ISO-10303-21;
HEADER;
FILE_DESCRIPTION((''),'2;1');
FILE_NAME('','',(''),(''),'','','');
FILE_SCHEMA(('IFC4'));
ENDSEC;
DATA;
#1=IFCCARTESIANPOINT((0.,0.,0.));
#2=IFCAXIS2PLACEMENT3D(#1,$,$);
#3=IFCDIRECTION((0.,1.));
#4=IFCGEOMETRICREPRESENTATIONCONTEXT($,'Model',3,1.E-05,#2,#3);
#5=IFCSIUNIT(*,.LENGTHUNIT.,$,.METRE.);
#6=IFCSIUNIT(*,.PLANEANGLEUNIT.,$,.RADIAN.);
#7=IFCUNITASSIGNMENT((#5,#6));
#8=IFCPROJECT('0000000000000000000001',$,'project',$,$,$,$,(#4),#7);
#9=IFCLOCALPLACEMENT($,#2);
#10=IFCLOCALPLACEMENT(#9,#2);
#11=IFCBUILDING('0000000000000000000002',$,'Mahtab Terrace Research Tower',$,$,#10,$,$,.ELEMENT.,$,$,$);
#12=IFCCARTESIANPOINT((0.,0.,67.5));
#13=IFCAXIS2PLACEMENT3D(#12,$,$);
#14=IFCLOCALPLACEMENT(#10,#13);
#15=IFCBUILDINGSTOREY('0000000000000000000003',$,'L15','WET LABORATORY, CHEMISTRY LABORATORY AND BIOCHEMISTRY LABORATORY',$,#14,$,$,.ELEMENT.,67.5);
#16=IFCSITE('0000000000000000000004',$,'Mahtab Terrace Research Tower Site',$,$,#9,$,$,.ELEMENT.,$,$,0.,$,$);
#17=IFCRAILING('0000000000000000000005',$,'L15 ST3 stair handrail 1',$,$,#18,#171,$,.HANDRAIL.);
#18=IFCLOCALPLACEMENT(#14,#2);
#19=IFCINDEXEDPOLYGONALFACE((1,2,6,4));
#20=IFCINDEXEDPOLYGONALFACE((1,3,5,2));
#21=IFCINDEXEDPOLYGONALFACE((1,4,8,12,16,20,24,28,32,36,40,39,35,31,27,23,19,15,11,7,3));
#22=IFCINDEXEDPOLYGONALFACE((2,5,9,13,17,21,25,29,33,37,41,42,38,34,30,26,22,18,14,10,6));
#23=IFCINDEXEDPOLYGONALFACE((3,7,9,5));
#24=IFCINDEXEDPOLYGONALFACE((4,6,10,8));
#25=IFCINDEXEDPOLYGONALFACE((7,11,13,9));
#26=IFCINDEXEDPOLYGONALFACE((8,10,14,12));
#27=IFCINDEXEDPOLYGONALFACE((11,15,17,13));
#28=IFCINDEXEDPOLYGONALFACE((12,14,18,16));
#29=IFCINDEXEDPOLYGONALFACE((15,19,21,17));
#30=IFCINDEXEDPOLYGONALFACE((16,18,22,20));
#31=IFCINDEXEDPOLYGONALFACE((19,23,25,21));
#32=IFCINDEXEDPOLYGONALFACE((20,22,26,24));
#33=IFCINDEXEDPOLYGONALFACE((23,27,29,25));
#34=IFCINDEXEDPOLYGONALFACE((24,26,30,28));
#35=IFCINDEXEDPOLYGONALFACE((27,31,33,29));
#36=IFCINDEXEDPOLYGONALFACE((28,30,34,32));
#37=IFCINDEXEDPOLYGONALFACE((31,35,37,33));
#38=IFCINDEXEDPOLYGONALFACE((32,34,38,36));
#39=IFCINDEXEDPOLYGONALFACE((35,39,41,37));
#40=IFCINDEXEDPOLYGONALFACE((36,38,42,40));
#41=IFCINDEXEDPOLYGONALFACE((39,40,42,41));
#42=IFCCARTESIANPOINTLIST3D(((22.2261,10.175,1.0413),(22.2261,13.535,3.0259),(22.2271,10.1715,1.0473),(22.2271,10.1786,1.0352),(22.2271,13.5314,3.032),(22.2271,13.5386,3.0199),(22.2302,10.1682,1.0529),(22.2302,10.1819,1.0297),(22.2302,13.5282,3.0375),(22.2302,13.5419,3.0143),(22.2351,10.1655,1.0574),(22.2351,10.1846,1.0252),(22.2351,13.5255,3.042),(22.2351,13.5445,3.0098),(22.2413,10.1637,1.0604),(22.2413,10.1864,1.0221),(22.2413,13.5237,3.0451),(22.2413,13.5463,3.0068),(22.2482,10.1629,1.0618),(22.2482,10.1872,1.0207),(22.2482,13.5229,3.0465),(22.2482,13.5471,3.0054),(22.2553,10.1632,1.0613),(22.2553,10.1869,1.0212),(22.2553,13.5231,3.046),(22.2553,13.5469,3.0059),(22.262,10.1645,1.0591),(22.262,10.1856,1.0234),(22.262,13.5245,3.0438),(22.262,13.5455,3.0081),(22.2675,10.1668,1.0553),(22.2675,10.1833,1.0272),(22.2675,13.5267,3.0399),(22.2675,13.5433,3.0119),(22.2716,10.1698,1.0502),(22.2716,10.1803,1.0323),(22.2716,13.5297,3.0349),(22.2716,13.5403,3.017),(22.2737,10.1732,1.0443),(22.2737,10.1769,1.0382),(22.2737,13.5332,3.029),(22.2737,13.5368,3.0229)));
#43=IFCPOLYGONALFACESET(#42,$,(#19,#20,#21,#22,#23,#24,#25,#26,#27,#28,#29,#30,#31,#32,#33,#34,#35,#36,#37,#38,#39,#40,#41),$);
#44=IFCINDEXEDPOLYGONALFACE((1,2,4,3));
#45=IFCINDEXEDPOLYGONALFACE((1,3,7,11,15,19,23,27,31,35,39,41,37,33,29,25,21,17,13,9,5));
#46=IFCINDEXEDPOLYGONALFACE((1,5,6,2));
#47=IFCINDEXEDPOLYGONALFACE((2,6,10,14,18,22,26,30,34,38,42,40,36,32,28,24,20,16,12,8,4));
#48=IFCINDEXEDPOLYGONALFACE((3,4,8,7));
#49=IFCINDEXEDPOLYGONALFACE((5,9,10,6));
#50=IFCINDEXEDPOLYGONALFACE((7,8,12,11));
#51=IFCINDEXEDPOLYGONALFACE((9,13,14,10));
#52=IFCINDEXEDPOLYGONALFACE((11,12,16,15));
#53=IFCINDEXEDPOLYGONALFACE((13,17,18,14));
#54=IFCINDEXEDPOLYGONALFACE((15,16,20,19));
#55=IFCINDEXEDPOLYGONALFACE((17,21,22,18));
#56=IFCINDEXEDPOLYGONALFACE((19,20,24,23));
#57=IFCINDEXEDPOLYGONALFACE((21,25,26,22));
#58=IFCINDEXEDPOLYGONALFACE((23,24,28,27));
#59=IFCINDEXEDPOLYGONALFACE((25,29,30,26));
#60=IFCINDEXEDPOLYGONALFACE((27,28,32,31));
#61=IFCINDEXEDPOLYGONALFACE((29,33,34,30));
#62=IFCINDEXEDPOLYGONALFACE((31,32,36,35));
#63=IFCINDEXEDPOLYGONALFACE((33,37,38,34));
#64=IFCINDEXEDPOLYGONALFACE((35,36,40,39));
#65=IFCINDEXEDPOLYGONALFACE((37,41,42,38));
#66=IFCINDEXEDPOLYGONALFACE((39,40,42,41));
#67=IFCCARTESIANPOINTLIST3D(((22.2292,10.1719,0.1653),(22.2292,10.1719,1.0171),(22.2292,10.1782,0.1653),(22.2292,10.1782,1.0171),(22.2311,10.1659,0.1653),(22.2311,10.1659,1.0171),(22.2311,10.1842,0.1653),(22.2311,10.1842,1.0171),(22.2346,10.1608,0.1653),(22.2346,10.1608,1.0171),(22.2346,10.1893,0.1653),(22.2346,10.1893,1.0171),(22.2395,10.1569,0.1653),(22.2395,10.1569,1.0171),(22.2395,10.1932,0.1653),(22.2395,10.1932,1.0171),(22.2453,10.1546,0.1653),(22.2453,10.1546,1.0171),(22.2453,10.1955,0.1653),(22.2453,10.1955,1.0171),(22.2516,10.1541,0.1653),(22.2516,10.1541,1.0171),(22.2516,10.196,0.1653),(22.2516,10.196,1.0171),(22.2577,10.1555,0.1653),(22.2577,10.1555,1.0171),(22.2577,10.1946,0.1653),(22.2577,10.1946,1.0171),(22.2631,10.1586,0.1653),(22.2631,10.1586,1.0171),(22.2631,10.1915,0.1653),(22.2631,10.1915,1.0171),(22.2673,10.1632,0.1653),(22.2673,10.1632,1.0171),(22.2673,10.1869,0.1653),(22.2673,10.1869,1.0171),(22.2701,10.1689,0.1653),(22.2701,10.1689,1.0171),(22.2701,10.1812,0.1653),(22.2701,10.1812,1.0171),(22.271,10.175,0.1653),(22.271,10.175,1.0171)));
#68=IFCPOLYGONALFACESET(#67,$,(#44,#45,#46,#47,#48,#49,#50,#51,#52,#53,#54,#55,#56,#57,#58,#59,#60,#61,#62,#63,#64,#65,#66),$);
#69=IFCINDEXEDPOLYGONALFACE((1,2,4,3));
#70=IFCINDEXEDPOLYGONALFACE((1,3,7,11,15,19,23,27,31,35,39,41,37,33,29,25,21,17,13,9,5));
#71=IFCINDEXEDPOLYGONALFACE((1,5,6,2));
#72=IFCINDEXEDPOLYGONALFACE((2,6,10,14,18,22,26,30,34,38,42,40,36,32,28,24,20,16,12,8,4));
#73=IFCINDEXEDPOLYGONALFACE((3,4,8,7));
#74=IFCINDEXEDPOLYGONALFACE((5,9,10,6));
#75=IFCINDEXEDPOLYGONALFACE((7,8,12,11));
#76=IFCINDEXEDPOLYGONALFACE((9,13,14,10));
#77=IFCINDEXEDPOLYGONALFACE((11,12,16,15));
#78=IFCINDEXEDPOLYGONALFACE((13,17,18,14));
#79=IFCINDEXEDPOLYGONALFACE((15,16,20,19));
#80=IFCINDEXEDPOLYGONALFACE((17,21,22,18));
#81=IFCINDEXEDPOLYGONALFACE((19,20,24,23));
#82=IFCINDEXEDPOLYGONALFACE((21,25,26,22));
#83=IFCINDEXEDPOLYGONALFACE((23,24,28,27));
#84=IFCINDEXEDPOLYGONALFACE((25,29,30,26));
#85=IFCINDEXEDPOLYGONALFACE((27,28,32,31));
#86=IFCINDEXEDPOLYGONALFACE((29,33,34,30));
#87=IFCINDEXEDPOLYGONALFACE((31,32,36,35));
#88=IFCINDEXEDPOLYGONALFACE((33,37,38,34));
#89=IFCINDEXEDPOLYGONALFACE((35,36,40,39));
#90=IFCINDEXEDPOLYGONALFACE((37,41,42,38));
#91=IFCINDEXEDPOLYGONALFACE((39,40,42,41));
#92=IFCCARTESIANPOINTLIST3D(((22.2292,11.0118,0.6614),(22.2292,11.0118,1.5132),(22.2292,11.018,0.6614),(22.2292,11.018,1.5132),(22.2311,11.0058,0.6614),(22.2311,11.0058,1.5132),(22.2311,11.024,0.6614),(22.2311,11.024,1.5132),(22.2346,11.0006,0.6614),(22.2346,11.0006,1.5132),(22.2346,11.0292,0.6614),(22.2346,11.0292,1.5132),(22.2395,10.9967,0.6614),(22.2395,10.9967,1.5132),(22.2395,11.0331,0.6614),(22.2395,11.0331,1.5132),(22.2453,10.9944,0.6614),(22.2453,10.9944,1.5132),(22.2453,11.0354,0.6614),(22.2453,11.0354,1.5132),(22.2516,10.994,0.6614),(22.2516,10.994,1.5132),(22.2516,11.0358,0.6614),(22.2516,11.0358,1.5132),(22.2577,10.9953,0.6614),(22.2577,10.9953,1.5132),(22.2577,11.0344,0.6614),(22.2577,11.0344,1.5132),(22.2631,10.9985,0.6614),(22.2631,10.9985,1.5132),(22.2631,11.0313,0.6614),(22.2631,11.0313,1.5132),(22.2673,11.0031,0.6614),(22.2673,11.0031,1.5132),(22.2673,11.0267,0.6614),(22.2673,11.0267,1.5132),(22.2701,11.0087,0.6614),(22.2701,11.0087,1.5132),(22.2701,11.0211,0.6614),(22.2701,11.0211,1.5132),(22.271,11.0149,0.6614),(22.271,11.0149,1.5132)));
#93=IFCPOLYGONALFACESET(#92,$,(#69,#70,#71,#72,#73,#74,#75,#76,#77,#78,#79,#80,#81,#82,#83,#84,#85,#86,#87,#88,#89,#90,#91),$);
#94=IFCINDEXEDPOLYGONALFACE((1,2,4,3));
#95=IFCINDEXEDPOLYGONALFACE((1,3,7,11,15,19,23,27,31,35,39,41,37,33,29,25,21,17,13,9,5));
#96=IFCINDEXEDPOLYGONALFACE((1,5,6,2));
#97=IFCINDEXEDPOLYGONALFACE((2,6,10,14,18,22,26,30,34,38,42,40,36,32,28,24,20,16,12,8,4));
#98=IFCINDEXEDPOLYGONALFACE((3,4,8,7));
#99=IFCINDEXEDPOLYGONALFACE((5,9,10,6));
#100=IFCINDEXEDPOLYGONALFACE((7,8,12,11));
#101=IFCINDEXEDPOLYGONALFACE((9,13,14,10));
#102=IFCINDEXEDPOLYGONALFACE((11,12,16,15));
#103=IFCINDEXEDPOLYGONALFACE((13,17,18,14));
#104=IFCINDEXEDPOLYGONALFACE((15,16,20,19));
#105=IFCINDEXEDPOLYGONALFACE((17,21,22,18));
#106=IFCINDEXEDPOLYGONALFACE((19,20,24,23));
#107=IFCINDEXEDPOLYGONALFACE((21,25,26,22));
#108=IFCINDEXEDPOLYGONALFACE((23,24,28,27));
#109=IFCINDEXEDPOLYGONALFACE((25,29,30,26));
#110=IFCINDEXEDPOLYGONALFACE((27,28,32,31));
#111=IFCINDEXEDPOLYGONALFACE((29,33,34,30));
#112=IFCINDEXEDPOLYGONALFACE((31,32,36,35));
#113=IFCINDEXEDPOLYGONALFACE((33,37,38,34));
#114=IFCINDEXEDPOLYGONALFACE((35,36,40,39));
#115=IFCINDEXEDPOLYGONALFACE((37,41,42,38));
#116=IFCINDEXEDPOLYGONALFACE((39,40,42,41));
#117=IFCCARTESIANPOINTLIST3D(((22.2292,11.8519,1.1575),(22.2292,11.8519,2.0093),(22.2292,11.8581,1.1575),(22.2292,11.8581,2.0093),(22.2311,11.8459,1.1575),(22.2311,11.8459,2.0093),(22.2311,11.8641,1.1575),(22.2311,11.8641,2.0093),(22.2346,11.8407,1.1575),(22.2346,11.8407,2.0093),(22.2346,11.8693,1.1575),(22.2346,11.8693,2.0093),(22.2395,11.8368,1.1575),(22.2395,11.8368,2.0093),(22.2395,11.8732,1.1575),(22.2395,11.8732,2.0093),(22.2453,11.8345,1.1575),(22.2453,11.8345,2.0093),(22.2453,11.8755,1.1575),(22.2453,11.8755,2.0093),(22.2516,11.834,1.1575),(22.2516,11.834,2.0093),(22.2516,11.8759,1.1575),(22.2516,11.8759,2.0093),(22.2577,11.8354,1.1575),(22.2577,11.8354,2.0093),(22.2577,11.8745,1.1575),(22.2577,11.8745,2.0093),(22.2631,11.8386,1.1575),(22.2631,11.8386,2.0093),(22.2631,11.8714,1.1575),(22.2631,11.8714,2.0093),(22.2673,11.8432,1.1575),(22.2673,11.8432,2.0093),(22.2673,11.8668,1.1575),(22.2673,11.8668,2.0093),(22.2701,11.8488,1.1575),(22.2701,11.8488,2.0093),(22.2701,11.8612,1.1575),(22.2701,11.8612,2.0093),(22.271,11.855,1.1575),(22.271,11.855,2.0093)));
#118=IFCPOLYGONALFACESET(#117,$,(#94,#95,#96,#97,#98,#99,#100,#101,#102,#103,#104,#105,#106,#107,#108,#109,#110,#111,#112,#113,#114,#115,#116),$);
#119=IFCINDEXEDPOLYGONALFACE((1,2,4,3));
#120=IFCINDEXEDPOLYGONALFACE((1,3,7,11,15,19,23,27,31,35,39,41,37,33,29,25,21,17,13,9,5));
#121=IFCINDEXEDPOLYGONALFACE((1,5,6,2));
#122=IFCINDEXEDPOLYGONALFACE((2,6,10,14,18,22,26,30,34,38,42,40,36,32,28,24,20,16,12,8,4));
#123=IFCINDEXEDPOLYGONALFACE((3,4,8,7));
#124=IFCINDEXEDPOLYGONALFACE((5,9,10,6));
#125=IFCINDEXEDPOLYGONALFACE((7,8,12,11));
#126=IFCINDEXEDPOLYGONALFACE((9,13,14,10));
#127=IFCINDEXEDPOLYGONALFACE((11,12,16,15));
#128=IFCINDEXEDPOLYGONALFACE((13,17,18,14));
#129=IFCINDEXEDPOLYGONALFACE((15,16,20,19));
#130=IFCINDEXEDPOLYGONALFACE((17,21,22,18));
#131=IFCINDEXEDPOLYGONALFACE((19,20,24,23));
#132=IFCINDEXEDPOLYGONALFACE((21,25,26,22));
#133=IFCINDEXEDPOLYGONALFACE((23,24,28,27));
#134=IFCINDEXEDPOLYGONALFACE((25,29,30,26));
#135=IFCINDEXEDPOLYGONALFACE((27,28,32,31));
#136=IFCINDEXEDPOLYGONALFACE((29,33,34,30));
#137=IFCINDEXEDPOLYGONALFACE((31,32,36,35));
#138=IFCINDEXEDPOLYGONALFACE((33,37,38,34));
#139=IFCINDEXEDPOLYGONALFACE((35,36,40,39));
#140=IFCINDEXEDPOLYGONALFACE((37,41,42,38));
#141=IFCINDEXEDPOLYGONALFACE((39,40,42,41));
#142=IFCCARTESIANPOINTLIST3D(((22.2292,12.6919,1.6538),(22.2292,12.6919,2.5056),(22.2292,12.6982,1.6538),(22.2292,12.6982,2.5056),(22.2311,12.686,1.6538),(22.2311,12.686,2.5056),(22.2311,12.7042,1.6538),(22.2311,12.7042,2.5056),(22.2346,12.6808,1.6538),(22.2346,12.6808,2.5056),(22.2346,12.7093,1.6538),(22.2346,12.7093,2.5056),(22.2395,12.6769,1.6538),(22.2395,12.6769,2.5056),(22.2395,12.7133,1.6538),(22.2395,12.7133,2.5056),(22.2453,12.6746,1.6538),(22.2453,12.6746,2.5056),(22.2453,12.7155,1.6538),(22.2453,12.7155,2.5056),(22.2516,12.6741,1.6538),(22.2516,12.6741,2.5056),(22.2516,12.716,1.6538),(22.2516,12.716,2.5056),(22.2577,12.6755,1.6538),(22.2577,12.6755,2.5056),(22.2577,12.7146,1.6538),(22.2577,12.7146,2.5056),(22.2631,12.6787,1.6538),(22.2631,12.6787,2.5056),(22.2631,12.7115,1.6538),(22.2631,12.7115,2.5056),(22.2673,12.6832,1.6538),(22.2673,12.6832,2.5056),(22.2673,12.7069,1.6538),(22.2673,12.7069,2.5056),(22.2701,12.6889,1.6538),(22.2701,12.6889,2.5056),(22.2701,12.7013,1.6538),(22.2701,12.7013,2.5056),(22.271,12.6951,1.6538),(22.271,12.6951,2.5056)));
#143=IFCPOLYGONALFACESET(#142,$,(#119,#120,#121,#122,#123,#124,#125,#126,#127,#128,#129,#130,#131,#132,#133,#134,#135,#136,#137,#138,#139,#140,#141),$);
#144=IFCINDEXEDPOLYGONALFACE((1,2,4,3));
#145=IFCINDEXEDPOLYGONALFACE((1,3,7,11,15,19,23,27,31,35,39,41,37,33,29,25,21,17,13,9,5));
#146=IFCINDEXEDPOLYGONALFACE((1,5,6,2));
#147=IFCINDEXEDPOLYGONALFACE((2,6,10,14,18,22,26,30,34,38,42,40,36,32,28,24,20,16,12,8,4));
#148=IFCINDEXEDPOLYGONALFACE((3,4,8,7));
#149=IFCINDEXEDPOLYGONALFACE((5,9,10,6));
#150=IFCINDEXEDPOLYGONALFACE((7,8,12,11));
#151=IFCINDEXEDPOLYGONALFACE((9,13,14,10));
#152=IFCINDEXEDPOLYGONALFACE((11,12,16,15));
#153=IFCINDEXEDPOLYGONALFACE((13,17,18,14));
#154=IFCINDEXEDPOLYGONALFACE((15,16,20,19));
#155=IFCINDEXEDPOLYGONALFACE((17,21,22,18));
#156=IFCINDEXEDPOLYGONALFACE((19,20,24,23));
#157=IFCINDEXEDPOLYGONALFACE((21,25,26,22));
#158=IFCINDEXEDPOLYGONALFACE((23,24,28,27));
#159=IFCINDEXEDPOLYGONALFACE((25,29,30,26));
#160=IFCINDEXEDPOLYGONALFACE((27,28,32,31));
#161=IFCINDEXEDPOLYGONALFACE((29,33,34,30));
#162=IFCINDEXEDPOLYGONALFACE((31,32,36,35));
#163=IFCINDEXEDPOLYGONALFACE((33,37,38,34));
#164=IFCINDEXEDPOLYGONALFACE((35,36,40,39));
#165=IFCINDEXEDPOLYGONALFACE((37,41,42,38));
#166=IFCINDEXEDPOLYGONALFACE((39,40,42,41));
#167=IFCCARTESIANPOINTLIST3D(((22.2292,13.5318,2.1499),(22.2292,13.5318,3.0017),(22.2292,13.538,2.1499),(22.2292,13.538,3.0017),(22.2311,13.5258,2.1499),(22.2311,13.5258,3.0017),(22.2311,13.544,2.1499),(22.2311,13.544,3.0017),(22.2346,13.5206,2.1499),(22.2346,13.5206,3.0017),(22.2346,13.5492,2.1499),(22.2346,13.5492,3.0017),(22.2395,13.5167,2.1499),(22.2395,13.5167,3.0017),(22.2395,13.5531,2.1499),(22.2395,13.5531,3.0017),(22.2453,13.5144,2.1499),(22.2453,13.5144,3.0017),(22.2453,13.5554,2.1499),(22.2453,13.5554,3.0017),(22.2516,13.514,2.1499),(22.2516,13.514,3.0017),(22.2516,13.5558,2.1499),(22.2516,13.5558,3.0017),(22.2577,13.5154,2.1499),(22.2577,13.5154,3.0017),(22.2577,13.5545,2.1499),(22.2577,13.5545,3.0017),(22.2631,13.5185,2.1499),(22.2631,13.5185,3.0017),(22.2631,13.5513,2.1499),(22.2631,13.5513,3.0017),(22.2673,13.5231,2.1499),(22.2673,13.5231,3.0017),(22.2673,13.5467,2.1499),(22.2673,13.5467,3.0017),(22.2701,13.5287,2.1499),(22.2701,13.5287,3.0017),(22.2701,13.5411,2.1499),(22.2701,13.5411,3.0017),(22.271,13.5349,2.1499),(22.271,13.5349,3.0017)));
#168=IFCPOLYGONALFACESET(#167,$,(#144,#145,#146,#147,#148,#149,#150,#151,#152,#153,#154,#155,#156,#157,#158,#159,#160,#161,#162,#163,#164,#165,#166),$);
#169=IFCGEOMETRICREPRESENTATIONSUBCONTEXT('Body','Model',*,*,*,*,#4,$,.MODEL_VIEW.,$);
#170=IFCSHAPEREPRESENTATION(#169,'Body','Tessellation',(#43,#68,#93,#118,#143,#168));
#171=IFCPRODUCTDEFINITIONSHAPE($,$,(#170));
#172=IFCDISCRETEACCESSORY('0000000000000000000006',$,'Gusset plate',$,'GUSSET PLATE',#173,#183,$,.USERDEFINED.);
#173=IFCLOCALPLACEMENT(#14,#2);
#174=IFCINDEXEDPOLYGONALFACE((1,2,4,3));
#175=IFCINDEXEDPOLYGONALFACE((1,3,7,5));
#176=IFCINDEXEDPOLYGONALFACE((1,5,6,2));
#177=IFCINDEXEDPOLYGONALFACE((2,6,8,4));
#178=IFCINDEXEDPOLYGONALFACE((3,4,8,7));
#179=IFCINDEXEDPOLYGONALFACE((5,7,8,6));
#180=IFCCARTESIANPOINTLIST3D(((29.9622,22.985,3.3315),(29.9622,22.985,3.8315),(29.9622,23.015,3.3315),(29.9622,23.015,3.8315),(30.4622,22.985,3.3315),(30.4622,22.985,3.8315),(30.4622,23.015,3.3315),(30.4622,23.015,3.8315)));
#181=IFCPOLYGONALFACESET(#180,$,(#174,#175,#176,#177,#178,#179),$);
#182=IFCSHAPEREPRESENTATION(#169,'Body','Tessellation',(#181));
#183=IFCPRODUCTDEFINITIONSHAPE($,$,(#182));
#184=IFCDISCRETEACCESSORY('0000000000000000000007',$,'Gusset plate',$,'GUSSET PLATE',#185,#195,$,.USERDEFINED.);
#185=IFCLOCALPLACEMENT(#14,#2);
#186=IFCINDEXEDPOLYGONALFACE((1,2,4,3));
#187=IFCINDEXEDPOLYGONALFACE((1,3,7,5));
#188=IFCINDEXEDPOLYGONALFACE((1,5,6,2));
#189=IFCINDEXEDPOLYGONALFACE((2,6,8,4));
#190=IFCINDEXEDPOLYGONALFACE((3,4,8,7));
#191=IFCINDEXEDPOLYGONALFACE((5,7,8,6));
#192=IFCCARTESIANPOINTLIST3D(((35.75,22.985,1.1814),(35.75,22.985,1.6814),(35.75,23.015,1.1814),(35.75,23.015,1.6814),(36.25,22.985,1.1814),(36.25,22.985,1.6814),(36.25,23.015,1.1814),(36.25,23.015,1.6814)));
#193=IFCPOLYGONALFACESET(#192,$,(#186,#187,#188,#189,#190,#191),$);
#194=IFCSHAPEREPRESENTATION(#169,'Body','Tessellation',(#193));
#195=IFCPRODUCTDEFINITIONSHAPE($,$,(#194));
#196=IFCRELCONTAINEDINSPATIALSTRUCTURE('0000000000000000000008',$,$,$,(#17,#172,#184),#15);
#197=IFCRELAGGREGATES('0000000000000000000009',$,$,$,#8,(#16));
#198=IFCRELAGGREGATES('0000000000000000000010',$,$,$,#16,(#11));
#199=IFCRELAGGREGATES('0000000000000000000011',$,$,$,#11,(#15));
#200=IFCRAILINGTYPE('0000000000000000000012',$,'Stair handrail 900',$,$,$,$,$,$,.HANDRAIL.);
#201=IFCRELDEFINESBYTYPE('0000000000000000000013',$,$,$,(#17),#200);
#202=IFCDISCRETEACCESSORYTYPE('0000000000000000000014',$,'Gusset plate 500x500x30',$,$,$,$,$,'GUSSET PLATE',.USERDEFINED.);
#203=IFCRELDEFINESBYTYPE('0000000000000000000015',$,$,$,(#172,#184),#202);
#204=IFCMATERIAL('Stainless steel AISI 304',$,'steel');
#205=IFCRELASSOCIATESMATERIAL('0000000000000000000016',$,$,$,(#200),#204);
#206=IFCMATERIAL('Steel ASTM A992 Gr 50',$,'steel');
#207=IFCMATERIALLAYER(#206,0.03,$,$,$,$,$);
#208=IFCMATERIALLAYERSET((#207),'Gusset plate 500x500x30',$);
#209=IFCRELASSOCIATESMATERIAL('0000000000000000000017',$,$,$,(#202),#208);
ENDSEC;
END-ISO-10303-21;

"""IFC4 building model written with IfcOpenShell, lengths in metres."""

from ifc_helpers import new_model, si_unit, direction, frame, origin, origin_2d, place, context, subcontext, project, spatial, rectangle, circle, extrude, material, layer, layer_set, type_object, element, save


model = new_model("IFC4")

# Units and contexts
model_context = context("Model", 3, precision=1e-05, world=origin(), true_north=direction((0.0, 1.0)))
body_context = subcontext(model_context, "Body", "Model", "MODEL_VIEW")
ifc_project = project(units=[si_unit("LENGTHUNIT", "METRE"), si_unit("PLANEANGLEUNIT", "RADIAN")], contexts=[model_context])

# Site, building, storey
site_placement = place(None, origin())
site = spatial("IfcSite", under=ifc_project, at=site_placement, Name="Mahtab Terrace Research Tower Site", CompositionType="ELEMENT", RefElevation=0.0)
building_placement = place(site_placement, origin())
building = spatial("IfcBuilding", under=site, at=building_placement, Name="Mahtab Terrace Research Tower", CompositionType="ELEMENT")
storey_placement = place(building_placement, frame((0.0, 0.0, 67.5)))
storey = spatial("IfcBuildingStorey", under=building, at=storey_placement, Name="L15", Description="WET LABORATORY, CHEMISTRY LABORATORY AND BIOCHEMISTRY LABORATORY", CompositionType="ELEMENT", Elevation=67.5)

# Shared definitions
ifc_material_1 = material(Name="Steel ASTM A992 Gr 50", Category="steel")

# Shared definitions
ifc_material_2 = material(Name="Stainless steel AISI 304", Category="steel")

# Railing
railing_type = type_object("IfcRailingType", Name="Stair handrail 900", PredefinedType="HANDRAIL", material=ifc_material_2)
railing_placement = place(storey_placement, frame((22.25, 10.175, 0.1653)))
element("IfcRailing", 1, at=railing_placement, inside=storey, type_object=railing_type, Name="L15 ST3 stair handrail 1", PredefinedType="HANDRAIL", context=body_context, shape_type="SweptSolid", body=[
    extrude(circle(Radius=0.0239, at=origin_2d()), frame((0.0, 0.0, 0.876), z_axis=(0.0, 0.861011, 0.508586), x_axis=(-1.0, 0.0, 0.0)), (0.0, 0.0, 1.0), 3.9023),
    extrude(circle(Radius=0.021, at=origin_2d()), origin(), (0.0, 0.0, 1.0), 0.8518),
    extrude(circle(Radius=0.021, at=origin_2d()), frame((0.0, 0.8398, 0.4961)), (0.0, 0.0, 1.0), 0.8518),
    extrude(circle(Radius=0.021, at=origin_2d()), frame((0.0, 1.6799, 0.9922)), (0.0, 0.0, 1.0), 0.8518),
    extrude(circle(Radius=0.021, at=origin_2d()), frame((0.0, 2.52, 1.4885)), (0.0, 0.0, 1.0), 0.8518),
    extrude(circle(Radius=0.021, at=origin_2d()), frame((0.0, 3.3599, 1.9846)), (0.0, 0.0, 1.0), 0.8518),
])

# Discrete accessories
ifc_layer_1 = layer(ifc_material_1, 0.03)
ifc_layer_set_1 = layer_set([ifc_layer_1], Name="Gusset plate 500x500x30")
discrete_accessory_type = type_object("IfcDiscreteAccessoryType", Name="Gusset plate 500x500x30", ElementType="GUSSET PLATE", PredefinedType="USERDEFINED", material=ifc_layer_set_1)
for number, where, z_axis, x_axis, name in (
    (2, (30.2122, 23.0, 3.3315), (0.0, 0.0, 1.0), (1.0, 0.0, 0.0), "Gusset plate"),
    (3, (36.0, 23.0, 1.1814), (0.0, 0.0, 1.0), (1.0, 0.0, 0.0), "Gusset plate"),
):
    element("IfcDiscreteAccessory", number, at=place(storey_placement, frame(where, z_axis=z_axis, x_axis=x_axis)), inside=storey, type_object=discrete_accessory_type, Name=name, ObjectType="GUSSET PLATE", PredefinedType="USERDEFINED", context=body_context, shape_type="SweptSolid", body=[
        extrude(rectangle(XDim=0.5, YDim=0.03, at=origin_2d()), origin(), (0.0, 0.0, 1.0), 0.5),
    ])

save(model, "model.ifc")
